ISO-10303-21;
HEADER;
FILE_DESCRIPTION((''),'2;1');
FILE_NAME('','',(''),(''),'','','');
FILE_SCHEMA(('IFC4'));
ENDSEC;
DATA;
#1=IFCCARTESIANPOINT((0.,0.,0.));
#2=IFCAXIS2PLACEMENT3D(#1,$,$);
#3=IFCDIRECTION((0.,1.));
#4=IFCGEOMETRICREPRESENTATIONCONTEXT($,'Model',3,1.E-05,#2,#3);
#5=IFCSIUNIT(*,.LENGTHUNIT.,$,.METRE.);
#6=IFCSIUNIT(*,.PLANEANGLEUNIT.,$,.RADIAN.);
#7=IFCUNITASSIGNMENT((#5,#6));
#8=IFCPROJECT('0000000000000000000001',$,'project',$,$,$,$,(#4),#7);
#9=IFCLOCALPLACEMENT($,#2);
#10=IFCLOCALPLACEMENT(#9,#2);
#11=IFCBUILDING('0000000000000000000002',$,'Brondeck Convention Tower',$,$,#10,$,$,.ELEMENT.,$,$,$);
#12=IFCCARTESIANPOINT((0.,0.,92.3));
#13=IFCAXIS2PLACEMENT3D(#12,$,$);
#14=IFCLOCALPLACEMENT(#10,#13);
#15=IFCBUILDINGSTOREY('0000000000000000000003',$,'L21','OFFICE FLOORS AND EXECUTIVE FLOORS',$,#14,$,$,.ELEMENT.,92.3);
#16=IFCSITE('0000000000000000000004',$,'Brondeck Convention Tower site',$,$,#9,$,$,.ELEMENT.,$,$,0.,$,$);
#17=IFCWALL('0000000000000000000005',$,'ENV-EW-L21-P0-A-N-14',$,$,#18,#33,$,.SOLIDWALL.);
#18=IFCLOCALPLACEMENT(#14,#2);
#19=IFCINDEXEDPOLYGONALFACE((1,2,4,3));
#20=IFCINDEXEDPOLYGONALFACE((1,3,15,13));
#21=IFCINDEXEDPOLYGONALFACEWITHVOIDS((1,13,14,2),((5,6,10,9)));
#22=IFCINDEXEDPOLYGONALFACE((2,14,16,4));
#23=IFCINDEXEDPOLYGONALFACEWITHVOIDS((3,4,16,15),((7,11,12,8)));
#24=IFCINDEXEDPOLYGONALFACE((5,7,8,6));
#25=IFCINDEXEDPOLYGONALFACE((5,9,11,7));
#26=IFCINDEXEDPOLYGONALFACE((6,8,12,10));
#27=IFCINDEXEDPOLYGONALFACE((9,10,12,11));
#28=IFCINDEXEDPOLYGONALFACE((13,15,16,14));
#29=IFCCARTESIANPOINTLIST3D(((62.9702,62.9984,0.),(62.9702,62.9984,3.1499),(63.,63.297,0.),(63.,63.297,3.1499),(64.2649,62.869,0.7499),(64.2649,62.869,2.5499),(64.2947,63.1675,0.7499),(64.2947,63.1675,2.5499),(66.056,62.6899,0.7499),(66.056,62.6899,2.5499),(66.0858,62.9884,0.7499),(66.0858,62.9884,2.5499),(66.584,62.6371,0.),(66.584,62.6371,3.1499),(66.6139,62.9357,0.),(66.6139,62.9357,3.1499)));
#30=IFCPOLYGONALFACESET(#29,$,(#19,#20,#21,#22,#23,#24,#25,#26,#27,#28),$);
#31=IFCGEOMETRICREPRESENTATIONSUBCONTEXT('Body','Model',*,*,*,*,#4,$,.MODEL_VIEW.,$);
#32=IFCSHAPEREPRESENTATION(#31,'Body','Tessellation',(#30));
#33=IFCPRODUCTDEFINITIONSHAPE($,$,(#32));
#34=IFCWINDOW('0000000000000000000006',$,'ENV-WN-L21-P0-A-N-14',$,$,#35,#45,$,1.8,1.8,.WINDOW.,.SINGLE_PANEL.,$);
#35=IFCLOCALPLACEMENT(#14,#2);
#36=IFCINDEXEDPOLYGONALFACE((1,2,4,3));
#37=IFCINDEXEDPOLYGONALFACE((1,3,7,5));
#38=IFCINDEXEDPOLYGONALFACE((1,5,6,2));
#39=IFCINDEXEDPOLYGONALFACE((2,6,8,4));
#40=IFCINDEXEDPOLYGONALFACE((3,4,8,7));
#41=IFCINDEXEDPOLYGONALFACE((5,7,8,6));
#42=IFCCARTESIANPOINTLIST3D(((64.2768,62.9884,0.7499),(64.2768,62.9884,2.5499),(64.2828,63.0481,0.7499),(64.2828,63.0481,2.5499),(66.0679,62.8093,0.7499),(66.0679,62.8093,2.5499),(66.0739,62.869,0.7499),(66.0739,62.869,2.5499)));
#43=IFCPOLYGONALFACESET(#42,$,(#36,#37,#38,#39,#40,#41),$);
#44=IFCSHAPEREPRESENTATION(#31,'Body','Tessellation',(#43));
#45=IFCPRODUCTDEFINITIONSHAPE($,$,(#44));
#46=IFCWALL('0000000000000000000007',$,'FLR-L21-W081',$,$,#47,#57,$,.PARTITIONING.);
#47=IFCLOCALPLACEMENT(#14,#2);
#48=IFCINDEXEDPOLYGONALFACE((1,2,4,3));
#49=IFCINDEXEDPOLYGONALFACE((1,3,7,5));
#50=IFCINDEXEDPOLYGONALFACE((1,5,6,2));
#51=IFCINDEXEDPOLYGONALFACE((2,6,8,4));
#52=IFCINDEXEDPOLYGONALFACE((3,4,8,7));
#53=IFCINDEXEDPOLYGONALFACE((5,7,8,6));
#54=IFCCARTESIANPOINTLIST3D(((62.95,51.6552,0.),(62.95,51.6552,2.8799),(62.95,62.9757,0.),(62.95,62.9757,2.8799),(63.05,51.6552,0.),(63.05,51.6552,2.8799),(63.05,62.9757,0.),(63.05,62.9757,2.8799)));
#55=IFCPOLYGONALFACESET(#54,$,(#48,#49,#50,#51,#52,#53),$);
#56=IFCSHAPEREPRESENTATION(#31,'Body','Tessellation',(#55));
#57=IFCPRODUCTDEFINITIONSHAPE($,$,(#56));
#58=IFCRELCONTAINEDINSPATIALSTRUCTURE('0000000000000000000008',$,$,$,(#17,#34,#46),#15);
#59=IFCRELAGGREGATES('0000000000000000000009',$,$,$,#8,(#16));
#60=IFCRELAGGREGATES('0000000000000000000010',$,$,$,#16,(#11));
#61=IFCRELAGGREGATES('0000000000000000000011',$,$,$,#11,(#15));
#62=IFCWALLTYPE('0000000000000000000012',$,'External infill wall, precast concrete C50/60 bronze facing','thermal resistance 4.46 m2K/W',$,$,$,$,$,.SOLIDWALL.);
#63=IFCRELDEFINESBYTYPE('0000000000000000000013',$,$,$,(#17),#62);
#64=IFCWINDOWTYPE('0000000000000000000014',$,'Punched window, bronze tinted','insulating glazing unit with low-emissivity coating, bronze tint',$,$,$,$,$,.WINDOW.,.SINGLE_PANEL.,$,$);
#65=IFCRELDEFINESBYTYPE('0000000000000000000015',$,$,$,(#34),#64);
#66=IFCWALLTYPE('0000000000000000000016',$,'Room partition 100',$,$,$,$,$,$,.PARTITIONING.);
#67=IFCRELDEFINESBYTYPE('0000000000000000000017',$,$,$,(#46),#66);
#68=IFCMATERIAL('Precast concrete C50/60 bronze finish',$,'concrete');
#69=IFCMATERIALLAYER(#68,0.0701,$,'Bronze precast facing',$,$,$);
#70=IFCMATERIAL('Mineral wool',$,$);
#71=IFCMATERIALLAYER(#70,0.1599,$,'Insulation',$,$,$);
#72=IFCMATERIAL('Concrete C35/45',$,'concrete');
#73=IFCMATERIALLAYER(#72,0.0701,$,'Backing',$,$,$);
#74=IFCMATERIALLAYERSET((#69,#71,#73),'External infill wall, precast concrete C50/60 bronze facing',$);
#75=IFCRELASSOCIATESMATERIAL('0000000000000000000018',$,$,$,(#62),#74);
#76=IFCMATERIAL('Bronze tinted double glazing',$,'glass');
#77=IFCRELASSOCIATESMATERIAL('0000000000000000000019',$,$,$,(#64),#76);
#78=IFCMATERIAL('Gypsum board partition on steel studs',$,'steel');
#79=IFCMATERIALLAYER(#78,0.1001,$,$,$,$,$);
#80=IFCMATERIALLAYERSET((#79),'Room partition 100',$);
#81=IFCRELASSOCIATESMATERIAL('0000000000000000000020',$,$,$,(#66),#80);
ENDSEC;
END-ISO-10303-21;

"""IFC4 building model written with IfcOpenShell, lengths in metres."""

from ifc_helpers import new_model, si_unit, direction, frame, frame_2d, origin, place, context, subcontext, project, spatial, rectangle, extrude, material, layer, layer_set, type_object, element, fill, save


model = new_model("IFC4")

# Units and contexts
model_context = context("Model", 3, precision=1e-05, world=origin(), true_north=direction((0.0, 1.0)))
body_context = subcontext(model_context, "Body", "Model", "MODEL_VIEW")
ifc_project = project(units=[si_unit("LENGTHUNIT", "METRE"), si_unit("PLANEANGLEUNIT", "RADIAN")], contexts=[model_context])

# Site, building, storey
site_placement = place(None, origin())
site = spatial("IfcSite", under=ifc_project, at=site_placement, Name="Brondeck Convention Tower site", CompositionType="ELEMENT", RefElevation=0.0)
building_placement = place(site_placement, origin())
building = spatial("IfcBuilding", under=site, at=building_placement, Name="Brondeck Convention Tower", CompositionType="ELEMENT")
storey_placement = place(building_placement, frame((0.0, 0.0, 92.3)))
storey = spatial("IfcBuildingStorey", under=building, at=storey_placement, Name="L21", Description="OFFICE FLOORS AND EXECUTIVE FLOORS", CompositionType="ELEMENT", Elevation=92.3)

# Shared definitions
ifc_material_1 = material(Name="Precast concrete C50/60 bronze finish", Category="concrete")
ifc_layer_1 = layer(ifc_material_1, 0.0701, Name="Bronze precast facing")
ifc_material_2 = material(Name="Mineral wool")
ifc_layer_2 = layer(ifc_material_2, 0.1599, Name="Insulation")
ifc_material_3 = material(Name="Concrete C35/45", Category="concrete")
ifc_layer_3 = layer(ifc_material_3, 0.0701, Name="Backing")
ifc_layer_set_1 = layer_set([ifc_layer_1, ifc_layer_2, ifc_layer_3], Name="External infill wall, precast concrete C50/60 bronze facing")
wall_type_1 = type_object("IfcWallType", Name="External infill wall, precast concrete C50/60 bronze facing", Description="thermal resistance 4.46 m2K/W", PredefinedType="SOLIDWALL", material=ifc_layer_set_1)
ifc_material_4 = material(Name="Bronze tinted double glazing", Category="glass")
window_type_1 = type_object("IfcWindowType", Name="Punched window, bronze tinted", Description="insulating glazing unit with low-emissivity coating, bronze tint", PartitioningType="SINGLE_PANEL", PredefinedType="WINDOW", material=ifc_material_4)

# Wall, opening, window
wall_1_placement = place(storey_placement, frame((62.9851, 63.1477, 0.0), z_axis=(0.0, 0.0, 1.0), x_axis=(0.995039, -0.09949, 0.0)))
wall_1 = element("IfcWall", 1, at=wall_1_placement, inside=storey, type_object=wall_type_1, Name="ENV-EW-L21-P0-A-N-14", PredefinedType="SOLIDWALL", context=body_context, shape_type="SweptSolid", body=[
    extrude(rectangle(XDim=3.6318, YDim=0.3, at=frame_2d((1.8159, 0.0))), origin(), (0.0, 0.0, 1.0), 3.1499),
])
opening_1_placement = place(wall_1_placement, frame((1.3013, 0.0, 0.75)))
opening_1 = element("IfcOpeningElement", 2, at=opening_1_placement, cuts=wall_1, PredefinedType="OPENING", context=body_context, shape_type="SweptSolid", body=[
    extrude(rectangle(XDim=1.8, YDim=1.8, at=frame_2d((0.8999, 0.8999))), frame((0.0, 0.1599, 0.0), z_axis=(0.0, -1.0, 0.0), x_axis=(1.0, 0.0, 0.0)), (0.0, 0.0, 1.0), 0.3201),
])
window_1_placement = place(opening_1_placement, origin())
window_1 = element("IfcWindow", 3, at=window_1_placement, inside=storey, type_object=window_type_1, Name="ENV-WN-L21-P0-A-N-14", OverallHeight=1.8, OverallWidth=1.8, PartitioningType="SINGLE_PANEL", PredefinedType="WINDOW", context=body_context, shape_type="SweptSolid", body=[
    extrude(rectangle(XDim=1.8, YDim=1.8, at=frame_2d((0.8999, 0.8999))), frame((0.0, 0.03, 0.0), z_axis=(0.0, -1.0, 0.0), x_axis=(1.0, 0.0, 0.0)), (0.0, 0.0, 1.0), 0.0601),
])
fill(opening_1, window_1)

# Wall
ifc_material_5 = material(Name="Gypsum board partition on steel studs", Category="steel")
ifc_layer_4 = layer(ifc_material_5, 0.1001)
ifc_layer_set_2 = layer_set([ifc_layer_4], Name="Room partition 100")
wall_type_2 = type_object("IfcWallType", Name="Room partition 100", PredefinedType="PARTITIONING", material=ifc_layer_set_2)
wall_2_placement = place(storey_placement, frame((63.0, 62.9756, 0.0), z_axis=(0.0, 0.0, 1.0), x_axis=(0.0, -1.0, 0.0)))
element("IfcWall", 4, at=wall_2_placement, inside=storey, type_object=wall_type_2, Name="FLR-L21-W081", PredefinedType="PARTITIONING", context=body_context, shape_type="SweptSolid", body=[
    extrude(rectangle(XDim=11.3206, YDim=0.1001, at=frame_2d((5.6602, 0.0))), origin(), (0.0, 0.0, 1.0), 2.8799),
])

save(model, "model.ifc")
